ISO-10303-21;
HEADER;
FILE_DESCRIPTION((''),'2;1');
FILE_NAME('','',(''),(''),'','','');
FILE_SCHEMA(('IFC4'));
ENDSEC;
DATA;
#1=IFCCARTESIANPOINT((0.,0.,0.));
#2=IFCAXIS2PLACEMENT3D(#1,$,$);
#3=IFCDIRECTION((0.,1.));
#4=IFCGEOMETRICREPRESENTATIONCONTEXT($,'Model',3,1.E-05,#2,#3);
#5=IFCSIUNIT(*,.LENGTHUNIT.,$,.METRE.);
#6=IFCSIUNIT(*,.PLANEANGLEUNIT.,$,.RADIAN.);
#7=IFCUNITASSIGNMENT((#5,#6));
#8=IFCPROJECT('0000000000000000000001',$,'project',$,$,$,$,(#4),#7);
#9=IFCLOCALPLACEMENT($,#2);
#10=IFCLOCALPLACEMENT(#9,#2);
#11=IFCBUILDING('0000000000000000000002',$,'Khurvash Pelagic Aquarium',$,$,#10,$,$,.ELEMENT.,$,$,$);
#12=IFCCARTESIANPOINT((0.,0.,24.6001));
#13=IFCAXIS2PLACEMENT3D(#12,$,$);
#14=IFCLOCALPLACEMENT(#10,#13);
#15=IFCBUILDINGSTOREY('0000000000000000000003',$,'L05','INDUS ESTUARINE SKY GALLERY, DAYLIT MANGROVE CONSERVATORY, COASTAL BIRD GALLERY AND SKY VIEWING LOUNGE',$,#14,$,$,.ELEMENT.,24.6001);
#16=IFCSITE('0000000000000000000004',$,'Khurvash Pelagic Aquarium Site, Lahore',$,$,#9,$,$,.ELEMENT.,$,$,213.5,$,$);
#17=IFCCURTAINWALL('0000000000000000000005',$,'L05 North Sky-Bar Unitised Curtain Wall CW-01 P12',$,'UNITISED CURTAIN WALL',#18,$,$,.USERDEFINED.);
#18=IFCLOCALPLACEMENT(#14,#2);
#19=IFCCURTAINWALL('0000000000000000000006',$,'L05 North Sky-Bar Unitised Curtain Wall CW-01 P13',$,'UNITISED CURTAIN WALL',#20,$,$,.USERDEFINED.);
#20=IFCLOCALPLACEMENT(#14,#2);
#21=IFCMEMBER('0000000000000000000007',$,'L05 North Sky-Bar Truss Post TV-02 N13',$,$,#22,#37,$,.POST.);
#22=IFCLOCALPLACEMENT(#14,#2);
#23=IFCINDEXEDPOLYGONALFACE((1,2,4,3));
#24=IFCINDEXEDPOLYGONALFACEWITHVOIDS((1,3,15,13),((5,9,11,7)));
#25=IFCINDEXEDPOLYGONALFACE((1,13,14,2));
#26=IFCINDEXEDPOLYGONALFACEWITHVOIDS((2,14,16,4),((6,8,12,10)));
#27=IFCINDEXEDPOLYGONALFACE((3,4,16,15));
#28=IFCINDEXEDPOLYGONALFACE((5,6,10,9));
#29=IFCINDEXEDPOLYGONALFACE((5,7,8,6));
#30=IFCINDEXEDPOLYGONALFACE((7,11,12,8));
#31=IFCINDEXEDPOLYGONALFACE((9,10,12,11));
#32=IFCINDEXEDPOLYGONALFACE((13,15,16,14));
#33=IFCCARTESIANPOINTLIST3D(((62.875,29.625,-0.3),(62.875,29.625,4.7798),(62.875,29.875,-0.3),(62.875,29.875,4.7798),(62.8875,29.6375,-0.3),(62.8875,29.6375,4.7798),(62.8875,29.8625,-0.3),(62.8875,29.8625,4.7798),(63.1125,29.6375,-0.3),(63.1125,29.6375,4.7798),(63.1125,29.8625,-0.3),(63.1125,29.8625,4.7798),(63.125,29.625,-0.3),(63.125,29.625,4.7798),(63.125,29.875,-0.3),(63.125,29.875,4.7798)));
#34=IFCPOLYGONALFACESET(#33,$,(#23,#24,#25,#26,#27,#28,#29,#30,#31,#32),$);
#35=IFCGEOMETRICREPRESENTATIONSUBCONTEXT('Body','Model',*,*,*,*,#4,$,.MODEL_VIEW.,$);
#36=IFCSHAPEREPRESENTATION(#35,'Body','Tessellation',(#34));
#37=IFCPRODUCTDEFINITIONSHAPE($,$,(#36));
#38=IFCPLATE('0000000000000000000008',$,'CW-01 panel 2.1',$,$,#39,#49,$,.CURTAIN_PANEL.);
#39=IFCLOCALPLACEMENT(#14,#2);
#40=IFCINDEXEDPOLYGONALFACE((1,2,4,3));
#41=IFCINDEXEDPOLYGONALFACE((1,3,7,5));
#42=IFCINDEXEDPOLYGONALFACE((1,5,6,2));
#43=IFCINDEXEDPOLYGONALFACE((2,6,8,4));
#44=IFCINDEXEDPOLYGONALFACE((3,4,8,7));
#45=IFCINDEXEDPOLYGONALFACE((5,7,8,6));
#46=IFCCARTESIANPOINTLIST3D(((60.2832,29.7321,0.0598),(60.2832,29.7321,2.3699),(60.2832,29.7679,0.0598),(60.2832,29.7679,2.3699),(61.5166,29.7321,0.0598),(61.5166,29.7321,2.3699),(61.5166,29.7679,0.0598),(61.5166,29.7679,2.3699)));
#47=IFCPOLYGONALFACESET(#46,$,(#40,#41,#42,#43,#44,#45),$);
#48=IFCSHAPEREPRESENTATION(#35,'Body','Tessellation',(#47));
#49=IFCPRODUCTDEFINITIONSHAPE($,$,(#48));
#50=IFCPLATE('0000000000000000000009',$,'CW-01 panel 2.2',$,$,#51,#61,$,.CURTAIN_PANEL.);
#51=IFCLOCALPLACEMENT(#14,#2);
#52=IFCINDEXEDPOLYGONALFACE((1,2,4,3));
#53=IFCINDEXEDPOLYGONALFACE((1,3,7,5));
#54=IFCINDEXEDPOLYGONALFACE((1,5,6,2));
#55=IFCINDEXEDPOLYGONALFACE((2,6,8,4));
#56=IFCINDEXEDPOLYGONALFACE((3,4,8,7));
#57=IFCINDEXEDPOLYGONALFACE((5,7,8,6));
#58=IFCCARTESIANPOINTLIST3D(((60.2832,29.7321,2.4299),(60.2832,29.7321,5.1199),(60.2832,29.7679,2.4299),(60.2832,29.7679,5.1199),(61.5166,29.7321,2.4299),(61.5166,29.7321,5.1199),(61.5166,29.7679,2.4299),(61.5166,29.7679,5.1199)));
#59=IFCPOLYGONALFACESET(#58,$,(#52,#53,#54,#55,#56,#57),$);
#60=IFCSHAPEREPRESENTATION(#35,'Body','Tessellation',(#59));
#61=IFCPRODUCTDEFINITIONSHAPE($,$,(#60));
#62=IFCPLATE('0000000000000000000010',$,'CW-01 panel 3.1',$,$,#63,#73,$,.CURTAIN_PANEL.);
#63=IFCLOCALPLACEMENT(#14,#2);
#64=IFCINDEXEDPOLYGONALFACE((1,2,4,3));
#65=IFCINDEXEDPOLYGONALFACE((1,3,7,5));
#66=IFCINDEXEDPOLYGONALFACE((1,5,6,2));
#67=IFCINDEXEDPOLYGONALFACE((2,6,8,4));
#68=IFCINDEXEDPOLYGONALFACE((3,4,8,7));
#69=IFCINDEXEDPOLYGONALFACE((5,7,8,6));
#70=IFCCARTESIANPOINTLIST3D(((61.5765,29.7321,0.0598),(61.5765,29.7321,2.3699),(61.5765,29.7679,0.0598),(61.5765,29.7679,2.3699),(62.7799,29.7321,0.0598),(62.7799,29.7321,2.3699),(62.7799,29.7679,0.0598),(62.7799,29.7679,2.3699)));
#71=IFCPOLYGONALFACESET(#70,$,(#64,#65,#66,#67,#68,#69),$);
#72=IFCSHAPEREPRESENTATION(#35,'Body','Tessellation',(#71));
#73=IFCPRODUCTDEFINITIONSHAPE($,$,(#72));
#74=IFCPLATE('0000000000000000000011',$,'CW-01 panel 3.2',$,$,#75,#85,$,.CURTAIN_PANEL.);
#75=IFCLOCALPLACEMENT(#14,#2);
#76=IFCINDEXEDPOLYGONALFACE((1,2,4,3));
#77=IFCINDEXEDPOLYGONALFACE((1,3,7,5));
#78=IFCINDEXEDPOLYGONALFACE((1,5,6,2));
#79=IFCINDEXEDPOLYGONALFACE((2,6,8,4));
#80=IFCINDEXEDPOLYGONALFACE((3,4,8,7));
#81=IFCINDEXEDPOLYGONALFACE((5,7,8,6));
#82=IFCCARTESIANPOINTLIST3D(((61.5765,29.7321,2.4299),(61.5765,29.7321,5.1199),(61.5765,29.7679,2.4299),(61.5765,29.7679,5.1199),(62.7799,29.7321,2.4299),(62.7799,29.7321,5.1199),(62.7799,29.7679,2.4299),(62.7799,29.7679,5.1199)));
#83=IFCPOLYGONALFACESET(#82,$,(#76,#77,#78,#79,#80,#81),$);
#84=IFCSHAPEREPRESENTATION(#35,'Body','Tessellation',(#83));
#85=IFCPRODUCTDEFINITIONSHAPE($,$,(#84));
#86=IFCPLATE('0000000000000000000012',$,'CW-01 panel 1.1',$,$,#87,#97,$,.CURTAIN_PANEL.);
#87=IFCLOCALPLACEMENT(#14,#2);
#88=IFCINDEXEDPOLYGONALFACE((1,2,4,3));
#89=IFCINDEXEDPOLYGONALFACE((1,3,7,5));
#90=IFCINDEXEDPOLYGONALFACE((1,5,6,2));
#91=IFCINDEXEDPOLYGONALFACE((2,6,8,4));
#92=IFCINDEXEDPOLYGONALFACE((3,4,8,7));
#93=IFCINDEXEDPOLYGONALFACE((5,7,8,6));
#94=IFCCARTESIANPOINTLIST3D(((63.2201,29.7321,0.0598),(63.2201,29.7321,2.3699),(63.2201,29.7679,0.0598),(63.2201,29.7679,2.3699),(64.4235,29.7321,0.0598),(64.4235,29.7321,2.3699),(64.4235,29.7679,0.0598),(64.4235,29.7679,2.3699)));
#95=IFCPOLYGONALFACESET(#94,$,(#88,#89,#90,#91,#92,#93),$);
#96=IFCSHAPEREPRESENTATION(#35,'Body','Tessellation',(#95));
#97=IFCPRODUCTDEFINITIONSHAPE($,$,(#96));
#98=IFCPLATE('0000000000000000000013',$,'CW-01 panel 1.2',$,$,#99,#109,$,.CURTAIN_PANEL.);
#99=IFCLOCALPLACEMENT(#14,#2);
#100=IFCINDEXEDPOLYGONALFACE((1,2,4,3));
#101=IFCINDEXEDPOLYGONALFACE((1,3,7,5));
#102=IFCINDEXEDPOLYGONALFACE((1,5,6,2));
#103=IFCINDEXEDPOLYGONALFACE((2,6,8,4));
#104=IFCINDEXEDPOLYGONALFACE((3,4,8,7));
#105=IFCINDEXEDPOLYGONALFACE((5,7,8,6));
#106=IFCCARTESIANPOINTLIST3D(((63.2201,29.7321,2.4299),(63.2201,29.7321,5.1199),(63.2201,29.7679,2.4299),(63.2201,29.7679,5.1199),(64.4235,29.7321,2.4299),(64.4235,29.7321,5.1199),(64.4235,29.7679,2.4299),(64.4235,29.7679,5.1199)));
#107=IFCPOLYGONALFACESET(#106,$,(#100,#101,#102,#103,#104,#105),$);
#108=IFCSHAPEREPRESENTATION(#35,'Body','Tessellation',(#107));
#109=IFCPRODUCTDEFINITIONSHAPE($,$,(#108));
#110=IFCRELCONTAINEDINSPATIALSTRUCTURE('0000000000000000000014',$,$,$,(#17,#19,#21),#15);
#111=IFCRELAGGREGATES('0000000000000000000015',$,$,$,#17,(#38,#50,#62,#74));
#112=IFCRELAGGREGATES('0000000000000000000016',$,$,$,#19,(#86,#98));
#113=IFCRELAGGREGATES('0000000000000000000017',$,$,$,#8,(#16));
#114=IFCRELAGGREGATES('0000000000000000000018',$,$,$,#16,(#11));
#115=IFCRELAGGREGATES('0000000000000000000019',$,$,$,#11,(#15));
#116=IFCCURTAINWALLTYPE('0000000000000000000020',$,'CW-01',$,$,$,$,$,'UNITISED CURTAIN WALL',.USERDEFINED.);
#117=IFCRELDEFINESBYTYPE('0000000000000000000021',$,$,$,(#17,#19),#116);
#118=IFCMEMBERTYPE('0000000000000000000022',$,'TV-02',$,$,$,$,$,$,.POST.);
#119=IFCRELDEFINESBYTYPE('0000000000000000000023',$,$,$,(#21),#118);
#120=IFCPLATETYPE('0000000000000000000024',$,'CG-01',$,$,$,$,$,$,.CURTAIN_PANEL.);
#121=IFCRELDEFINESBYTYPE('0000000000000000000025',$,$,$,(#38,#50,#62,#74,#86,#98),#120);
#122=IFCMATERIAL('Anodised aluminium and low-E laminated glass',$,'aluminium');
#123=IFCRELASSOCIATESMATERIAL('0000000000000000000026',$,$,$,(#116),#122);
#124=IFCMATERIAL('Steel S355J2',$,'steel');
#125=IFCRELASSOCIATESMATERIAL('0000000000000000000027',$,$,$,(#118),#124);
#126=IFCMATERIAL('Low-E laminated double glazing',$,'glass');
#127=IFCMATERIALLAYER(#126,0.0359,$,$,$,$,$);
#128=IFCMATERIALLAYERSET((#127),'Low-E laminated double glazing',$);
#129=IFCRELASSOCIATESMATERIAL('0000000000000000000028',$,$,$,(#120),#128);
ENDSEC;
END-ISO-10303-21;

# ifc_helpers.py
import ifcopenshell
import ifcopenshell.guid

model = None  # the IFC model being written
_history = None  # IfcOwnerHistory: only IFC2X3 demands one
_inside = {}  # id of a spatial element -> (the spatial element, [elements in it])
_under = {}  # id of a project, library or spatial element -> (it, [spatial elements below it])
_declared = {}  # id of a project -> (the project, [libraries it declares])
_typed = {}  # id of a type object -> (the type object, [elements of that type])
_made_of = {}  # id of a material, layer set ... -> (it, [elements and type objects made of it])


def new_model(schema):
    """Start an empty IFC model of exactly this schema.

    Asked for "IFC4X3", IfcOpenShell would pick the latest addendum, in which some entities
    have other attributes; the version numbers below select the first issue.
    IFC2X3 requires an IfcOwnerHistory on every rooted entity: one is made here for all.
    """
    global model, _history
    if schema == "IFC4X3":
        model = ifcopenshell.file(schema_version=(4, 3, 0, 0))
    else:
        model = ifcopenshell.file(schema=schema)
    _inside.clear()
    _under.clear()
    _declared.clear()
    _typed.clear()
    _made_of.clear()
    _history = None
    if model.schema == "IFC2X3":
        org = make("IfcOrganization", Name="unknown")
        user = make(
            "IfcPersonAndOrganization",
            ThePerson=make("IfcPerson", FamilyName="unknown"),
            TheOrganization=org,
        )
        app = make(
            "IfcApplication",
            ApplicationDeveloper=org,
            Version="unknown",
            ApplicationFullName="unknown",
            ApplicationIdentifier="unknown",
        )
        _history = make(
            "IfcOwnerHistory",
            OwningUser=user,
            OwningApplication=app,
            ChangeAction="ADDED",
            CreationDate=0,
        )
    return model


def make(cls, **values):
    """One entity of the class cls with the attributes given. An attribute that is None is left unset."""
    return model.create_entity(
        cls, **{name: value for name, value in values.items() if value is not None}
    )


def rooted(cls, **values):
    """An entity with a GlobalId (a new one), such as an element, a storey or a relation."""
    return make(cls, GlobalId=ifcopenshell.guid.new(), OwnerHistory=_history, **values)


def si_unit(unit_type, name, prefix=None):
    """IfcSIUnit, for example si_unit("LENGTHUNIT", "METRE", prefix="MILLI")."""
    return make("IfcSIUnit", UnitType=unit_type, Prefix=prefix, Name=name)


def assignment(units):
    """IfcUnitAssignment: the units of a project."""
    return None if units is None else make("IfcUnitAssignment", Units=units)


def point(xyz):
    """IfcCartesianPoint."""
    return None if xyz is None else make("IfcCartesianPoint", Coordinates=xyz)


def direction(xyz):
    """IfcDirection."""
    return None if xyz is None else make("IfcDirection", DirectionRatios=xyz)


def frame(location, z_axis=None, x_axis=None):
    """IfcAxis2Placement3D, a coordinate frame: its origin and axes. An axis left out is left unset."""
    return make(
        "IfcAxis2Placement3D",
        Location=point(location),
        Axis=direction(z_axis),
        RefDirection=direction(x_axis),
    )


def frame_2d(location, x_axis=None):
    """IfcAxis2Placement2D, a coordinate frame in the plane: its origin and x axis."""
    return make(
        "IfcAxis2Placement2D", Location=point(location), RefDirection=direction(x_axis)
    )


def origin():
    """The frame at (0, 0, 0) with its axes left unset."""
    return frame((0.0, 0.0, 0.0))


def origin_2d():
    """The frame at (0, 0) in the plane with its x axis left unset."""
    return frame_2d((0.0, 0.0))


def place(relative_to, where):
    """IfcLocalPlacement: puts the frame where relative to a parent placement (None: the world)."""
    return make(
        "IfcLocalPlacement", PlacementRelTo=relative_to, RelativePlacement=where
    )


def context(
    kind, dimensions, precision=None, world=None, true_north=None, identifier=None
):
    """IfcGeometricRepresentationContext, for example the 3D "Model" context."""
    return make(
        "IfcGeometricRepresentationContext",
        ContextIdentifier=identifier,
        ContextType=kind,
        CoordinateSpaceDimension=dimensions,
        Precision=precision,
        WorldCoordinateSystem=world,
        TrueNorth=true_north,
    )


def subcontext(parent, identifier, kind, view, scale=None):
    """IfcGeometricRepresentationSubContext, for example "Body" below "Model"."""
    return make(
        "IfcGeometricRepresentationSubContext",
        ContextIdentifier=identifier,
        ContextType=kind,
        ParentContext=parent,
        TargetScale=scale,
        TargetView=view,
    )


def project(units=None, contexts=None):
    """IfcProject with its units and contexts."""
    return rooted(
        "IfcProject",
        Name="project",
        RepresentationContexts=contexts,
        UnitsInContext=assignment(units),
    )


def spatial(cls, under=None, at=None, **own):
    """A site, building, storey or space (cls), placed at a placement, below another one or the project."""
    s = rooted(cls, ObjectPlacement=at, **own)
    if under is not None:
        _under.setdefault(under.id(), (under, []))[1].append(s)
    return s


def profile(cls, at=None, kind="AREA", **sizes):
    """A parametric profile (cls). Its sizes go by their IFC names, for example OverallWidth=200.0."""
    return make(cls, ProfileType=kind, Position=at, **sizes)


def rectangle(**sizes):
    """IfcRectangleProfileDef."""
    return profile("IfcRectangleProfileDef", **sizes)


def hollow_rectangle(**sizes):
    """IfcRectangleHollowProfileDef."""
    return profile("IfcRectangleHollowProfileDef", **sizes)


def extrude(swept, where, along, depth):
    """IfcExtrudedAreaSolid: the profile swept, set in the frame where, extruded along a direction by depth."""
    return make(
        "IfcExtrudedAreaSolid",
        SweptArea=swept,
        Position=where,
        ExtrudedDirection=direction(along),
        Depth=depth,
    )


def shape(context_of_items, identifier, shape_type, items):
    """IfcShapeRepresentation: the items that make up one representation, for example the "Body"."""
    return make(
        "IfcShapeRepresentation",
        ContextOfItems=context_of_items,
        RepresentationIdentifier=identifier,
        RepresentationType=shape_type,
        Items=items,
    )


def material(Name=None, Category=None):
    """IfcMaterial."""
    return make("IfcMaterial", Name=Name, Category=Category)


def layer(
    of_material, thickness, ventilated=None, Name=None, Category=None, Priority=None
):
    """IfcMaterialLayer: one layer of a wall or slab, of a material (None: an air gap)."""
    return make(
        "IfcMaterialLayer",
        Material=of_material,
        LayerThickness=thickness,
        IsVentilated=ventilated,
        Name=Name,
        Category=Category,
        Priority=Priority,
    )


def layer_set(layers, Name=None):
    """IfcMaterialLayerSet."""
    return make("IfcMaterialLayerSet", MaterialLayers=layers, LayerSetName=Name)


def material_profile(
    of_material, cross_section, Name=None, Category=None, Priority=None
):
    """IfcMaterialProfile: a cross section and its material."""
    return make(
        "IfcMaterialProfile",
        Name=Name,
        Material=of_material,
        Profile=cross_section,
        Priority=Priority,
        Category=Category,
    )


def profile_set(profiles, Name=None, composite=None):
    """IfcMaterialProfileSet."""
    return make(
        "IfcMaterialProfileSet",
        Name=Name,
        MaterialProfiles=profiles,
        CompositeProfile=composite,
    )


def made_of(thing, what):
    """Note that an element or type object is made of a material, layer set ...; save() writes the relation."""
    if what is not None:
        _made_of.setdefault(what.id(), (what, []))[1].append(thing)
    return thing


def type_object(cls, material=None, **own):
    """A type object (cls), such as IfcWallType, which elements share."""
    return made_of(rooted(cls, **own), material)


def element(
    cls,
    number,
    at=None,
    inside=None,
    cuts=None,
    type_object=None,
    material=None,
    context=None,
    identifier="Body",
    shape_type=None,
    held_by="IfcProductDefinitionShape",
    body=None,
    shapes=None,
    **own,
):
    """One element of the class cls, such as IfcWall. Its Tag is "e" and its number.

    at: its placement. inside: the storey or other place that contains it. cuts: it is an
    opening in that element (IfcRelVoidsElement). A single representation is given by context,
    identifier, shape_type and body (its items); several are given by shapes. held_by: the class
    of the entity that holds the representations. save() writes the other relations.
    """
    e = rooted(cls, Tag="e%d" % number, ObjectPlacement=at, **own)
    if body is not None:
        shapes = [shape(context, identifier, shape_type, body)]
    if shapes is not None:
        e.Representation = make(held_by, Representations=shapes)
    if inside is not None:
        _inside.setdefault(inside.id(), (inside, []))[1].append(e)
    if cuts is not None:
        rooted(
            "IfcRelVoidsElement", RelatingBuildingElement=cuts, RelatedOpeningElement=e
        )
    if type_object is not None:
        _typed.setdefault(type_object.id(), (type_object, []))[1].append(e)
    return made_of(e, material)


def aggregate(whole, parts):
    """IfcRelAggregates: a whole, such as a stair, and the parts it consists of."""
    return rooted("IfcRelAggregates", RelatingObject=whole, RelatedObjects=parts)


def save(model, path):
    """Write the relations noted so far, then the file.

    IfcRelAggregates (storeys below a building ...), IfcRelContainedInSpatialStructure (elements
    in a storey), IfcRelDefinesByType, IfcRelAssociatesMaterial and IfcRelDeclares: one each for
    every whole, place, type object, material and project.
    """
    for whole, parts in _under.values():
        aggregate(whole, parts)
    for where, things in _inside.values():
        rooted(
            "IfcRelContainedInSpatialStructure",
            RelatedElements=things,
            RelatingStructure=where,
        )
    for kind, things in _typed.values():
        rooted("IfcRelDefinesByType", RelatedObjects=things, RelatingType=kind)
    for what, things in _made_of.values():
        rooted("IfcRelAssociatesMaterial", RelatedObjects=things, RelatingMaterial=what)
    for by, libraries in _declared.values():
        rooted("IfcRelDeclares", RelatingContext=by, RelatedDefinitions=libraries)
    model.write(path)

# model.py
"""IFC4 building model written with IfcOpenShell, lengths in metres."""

from ifc_helpers import new_model, si_unit, direction, frame, origin, origin_2d, place, context, subcontext, project, spatial, rectangle, hollow_rectangle, extrude, material, layer, layer_set, material_profile, profile_set, type_object, element, aggregate, save


model = new_model("IFC4")

# Units and contexts
model_context = context("Model", 3, precision=1e-05, world=origin(), true_north=direction((0.0, 1.0)))
body_context = subcontext(model_context, "Body", "Model", "MODEL_VIEW")
ifc_project = project(units=[si_unit("LENGTHUNIT", "METRE"), si_unit("PLANEANGLEUNIT", "RADIAN")], contexts=[model_context])

# Site, building, storey
site_placement = place(None, origin())
site = spatial("IfcSite", under=ifc_project, at=site_placement, Name="Khurvash Pelagic Aquarium Site, Lahore", CompositionType="ELEMENT", RefElevation=213.5)
building_placement = place(site_placement, origin())
building = spatial("IfcBuilding", under=site, at=building_placement, Name="Khurvash Pelagic Aquarium", CompositionType="ELEMENT")
storey_placement = place(building_placement, frame((0.0, 0.0, 24.6001)))
storey = spatial("IfcBuildingStorey", under=building, at=storey_placement, Name="L05", Description="INDUS ESTUARINE SKY GALLERY, DAYLIT MANGROVE CONSERVATORY, COASTAL BIRD GALLERY AND SKY VIEWING LOUNGE", CompositionType="ELEMENT", Elevation=24.6001)

# Curtain walls
ifc_material_1 = material(Name="Anodised aluminium and low-E laminated glass", Category="aluminium")
curtain_wall_type = type_object("IfcCurtainWallType", Name="CW-01", ElementType="UNITISED CURTAIN WALL", PredefinedType="USERDEFINED", material=ifc_material_1)
curtain_wall_1_placement = place(storey_placement, origin())
curtain_wall_1 = element("IfcCurtainWall", 1, at=curtain_wall_1_placement, inside=storey, type_object=curtain_wall_type, Name="L05 North Sky-Bar Unitised Curtain Wall CW-01 P12", ObjectType="UNITISED CURTAIN WALL", PredefinedType="USERDEFINED")
curtain_wall_2_placement = place(storey_placement, origin())
curtain_wall_2 = element("IfcCurtainWall", 2, at=curtain_wall_2_placement, inside=storey, type_object=curtain_wall_type, Name="L05 North Sky-Bar Unitised Curtain Wall CW-01 P13", ObjectType="UNITISED CURTAIN WALL", PredefinedType="USERDEFINED")

# Member
ifc_material_2 = material(Name="Steel S355J2", Category="steel")
ifc_material_profile_1 = material_profile(ifc_material_2, hollow_rectangle(XDim=0.25, YDim=0.25, WallThickness=0.0125, at=origin_2d()), Name="SHS250X250X12")
ifc_profile_set_1 = profile_set([ifc_material_profile_1], Name="Steel S355J2")
member_type_1 = type_object("IfcMemberType", Name="TV-02", PredefinedType="POST", material=ifc_profile_set_1)
member_1_placement = place(storey_placement, frame((63.0, 29.75, -0.3), z_axis=(0.0, 0.0, 1.0), x_axis=(1.0, 0.0, 0.0)))
element("IfcMember", 3, at=member_1_placement, inside=storey, type_object=member_type_1, Name="L05 North Sky-Bar Truss Post TV-02 N13", PredefinedType="POST", context=body_context, shape_type="SweptSolid", body=[
    extrude(hollow_rectangle(XDim=0.25, YDim=0.25, WallThickness=0.0125, at=origin_2d()), origin(), (0.0, 0.0, 1.0), 5.0798),
])

# Plates
ifc_material_3 = material(Name="Low-E laminated double glazing", Category="glass")
ifc_layer = layer(ifc_material_3, 0.0359)
ifc_layer_set = layer_set([ifc_layer], Name="Low-E laminated double glazing")
plate_type = type_object("IfcPlateType", Name="CG-01", PredefinedType="CURTAIN_PANEL", material=ifc_layer_set)
plate_1_placement = place(storey_placement, frame((60.8999, 29.75, 0.0598), z_axis=(0.0, 0.0, 1.0), x_axis=(1.0, 0.0, 0.0)))
plate_1 = element("IfcPlate", 4, at=plate_1_placement, type_object=plate_type, Name="CW-01 panel 2.1", PredefinedType="CURTAIN_PANEL", context=body_context, shape_type="SweptSolid", body=[
    extrude(rectangle(XDim=1.2334, YDim=0.0359, at=origin_2d()), origin(), (0.0, 0.0, 1.0), 2.3101),
])
plate_2_placement = place(storey_placement, frame((60.8999, 29.75, 2.4299), z_axis=(0.0, 0.0, 1.0), x_axis=(1.0, 0.0, 0.0)))
plate_2 = element("IfcPlate", 5, at=plate_2_placement, type_object=plate_type, Name="CW-01 panel 2.2", PredefinedType="CURTAIN_PANEL", context=body_context, shape_type="SweptSolid", body=[
    extrude(rectangle(XDim=1.2334, YDim=0.0359, at=origin_2d()), origin(), (0.0, 0.0, 1.0), 2.6899),
])
plate_3_placement = place(storey_placement, frame((62.1782, 29.75, 0.0598), z_axis=(0.0, 0.0, 1.0), x_axis=(1.0, 0.0, 0.0)))
plate_3 = element("IfcPlate", 6, at=plate_3_placement, type_object=plate_type, Name="CW-01 panel 3.1", PredefinedType="CURTAIN_PANEL", context=body_context, shape_type="SweptSolid", body=[
    extrude(rectangle(XDim=1.2034, YDim=0.0359, at=origin_2d()), origin(), (0.0, 0.0, 1.0), 2.3101),
])
plate_4_placement = place(storey_placement, frame((62.1782, 29.75, 2.4299), z_axis=(0.0, 0.0, 1.0), x_axis=(1.0, 0.0, 0.0)))
plate_4 = element("IfcPlate", 7, at=plate_4_placement, type_object=plate_type, Name="CW-01 panel 3.2", PredefinedType="CURTAIN_PANEL", context=body_context, shape_type="SweptSolid", body=[
    extrude(rectangle(XDim=1.2034, YDim=0.0359, at=origin_2d()), origin(), (0.0, 0.0, 1.0), 2.6899),
])
aggregate(curtain_wall_1, [plate_1, plate_2, plate_3, plate_4])
plate_5_placement = place(storey_placement, frame((63.8218, 29.75, 0.0598), z_axis=(0.0, 0.0, 1.0), x_axis=(1.0, 0.0, 0.0)))
plate_5 = element("IfcPlate", 8, at=plate_5_placement, type_object=plate_type, Name="CW-01 panel 1.1", PredefinedType="CURTAIN_PANEL", context=body_context, shape_type="SweptSolid", body=[
    extrude(rectangle(XDim=1.2034, YDim=0.0359, at=origin_2d()), origin(), (0.0, 0.0, 1.0), 2.3101),
])
plate_6_placement = place(storey_placement, frame((63.8218, 29.75, 2.4299), z_axis=(0.0, 0.0, 1.0), x_axis=(1.0, 0.0, 0.0)))
plate_6 = element("IfcPlate", 9, at=plate_6_placement, type_object=plate_type, Name="CW-01 panel 1.2", PredefinedType="CURTAIN_PANEL", context=body_context, shape_type="SweptSolid", body=[
    extrude(rectangle(XDim=1.2034, YDim=0.0359, at=origin_2d()), origin(), (0.0, 0.0, 1.0), 2.6899),
])
aggregate(curtain_wall_2, [plate_5, plate_6])

save(model, "model.ifc")
